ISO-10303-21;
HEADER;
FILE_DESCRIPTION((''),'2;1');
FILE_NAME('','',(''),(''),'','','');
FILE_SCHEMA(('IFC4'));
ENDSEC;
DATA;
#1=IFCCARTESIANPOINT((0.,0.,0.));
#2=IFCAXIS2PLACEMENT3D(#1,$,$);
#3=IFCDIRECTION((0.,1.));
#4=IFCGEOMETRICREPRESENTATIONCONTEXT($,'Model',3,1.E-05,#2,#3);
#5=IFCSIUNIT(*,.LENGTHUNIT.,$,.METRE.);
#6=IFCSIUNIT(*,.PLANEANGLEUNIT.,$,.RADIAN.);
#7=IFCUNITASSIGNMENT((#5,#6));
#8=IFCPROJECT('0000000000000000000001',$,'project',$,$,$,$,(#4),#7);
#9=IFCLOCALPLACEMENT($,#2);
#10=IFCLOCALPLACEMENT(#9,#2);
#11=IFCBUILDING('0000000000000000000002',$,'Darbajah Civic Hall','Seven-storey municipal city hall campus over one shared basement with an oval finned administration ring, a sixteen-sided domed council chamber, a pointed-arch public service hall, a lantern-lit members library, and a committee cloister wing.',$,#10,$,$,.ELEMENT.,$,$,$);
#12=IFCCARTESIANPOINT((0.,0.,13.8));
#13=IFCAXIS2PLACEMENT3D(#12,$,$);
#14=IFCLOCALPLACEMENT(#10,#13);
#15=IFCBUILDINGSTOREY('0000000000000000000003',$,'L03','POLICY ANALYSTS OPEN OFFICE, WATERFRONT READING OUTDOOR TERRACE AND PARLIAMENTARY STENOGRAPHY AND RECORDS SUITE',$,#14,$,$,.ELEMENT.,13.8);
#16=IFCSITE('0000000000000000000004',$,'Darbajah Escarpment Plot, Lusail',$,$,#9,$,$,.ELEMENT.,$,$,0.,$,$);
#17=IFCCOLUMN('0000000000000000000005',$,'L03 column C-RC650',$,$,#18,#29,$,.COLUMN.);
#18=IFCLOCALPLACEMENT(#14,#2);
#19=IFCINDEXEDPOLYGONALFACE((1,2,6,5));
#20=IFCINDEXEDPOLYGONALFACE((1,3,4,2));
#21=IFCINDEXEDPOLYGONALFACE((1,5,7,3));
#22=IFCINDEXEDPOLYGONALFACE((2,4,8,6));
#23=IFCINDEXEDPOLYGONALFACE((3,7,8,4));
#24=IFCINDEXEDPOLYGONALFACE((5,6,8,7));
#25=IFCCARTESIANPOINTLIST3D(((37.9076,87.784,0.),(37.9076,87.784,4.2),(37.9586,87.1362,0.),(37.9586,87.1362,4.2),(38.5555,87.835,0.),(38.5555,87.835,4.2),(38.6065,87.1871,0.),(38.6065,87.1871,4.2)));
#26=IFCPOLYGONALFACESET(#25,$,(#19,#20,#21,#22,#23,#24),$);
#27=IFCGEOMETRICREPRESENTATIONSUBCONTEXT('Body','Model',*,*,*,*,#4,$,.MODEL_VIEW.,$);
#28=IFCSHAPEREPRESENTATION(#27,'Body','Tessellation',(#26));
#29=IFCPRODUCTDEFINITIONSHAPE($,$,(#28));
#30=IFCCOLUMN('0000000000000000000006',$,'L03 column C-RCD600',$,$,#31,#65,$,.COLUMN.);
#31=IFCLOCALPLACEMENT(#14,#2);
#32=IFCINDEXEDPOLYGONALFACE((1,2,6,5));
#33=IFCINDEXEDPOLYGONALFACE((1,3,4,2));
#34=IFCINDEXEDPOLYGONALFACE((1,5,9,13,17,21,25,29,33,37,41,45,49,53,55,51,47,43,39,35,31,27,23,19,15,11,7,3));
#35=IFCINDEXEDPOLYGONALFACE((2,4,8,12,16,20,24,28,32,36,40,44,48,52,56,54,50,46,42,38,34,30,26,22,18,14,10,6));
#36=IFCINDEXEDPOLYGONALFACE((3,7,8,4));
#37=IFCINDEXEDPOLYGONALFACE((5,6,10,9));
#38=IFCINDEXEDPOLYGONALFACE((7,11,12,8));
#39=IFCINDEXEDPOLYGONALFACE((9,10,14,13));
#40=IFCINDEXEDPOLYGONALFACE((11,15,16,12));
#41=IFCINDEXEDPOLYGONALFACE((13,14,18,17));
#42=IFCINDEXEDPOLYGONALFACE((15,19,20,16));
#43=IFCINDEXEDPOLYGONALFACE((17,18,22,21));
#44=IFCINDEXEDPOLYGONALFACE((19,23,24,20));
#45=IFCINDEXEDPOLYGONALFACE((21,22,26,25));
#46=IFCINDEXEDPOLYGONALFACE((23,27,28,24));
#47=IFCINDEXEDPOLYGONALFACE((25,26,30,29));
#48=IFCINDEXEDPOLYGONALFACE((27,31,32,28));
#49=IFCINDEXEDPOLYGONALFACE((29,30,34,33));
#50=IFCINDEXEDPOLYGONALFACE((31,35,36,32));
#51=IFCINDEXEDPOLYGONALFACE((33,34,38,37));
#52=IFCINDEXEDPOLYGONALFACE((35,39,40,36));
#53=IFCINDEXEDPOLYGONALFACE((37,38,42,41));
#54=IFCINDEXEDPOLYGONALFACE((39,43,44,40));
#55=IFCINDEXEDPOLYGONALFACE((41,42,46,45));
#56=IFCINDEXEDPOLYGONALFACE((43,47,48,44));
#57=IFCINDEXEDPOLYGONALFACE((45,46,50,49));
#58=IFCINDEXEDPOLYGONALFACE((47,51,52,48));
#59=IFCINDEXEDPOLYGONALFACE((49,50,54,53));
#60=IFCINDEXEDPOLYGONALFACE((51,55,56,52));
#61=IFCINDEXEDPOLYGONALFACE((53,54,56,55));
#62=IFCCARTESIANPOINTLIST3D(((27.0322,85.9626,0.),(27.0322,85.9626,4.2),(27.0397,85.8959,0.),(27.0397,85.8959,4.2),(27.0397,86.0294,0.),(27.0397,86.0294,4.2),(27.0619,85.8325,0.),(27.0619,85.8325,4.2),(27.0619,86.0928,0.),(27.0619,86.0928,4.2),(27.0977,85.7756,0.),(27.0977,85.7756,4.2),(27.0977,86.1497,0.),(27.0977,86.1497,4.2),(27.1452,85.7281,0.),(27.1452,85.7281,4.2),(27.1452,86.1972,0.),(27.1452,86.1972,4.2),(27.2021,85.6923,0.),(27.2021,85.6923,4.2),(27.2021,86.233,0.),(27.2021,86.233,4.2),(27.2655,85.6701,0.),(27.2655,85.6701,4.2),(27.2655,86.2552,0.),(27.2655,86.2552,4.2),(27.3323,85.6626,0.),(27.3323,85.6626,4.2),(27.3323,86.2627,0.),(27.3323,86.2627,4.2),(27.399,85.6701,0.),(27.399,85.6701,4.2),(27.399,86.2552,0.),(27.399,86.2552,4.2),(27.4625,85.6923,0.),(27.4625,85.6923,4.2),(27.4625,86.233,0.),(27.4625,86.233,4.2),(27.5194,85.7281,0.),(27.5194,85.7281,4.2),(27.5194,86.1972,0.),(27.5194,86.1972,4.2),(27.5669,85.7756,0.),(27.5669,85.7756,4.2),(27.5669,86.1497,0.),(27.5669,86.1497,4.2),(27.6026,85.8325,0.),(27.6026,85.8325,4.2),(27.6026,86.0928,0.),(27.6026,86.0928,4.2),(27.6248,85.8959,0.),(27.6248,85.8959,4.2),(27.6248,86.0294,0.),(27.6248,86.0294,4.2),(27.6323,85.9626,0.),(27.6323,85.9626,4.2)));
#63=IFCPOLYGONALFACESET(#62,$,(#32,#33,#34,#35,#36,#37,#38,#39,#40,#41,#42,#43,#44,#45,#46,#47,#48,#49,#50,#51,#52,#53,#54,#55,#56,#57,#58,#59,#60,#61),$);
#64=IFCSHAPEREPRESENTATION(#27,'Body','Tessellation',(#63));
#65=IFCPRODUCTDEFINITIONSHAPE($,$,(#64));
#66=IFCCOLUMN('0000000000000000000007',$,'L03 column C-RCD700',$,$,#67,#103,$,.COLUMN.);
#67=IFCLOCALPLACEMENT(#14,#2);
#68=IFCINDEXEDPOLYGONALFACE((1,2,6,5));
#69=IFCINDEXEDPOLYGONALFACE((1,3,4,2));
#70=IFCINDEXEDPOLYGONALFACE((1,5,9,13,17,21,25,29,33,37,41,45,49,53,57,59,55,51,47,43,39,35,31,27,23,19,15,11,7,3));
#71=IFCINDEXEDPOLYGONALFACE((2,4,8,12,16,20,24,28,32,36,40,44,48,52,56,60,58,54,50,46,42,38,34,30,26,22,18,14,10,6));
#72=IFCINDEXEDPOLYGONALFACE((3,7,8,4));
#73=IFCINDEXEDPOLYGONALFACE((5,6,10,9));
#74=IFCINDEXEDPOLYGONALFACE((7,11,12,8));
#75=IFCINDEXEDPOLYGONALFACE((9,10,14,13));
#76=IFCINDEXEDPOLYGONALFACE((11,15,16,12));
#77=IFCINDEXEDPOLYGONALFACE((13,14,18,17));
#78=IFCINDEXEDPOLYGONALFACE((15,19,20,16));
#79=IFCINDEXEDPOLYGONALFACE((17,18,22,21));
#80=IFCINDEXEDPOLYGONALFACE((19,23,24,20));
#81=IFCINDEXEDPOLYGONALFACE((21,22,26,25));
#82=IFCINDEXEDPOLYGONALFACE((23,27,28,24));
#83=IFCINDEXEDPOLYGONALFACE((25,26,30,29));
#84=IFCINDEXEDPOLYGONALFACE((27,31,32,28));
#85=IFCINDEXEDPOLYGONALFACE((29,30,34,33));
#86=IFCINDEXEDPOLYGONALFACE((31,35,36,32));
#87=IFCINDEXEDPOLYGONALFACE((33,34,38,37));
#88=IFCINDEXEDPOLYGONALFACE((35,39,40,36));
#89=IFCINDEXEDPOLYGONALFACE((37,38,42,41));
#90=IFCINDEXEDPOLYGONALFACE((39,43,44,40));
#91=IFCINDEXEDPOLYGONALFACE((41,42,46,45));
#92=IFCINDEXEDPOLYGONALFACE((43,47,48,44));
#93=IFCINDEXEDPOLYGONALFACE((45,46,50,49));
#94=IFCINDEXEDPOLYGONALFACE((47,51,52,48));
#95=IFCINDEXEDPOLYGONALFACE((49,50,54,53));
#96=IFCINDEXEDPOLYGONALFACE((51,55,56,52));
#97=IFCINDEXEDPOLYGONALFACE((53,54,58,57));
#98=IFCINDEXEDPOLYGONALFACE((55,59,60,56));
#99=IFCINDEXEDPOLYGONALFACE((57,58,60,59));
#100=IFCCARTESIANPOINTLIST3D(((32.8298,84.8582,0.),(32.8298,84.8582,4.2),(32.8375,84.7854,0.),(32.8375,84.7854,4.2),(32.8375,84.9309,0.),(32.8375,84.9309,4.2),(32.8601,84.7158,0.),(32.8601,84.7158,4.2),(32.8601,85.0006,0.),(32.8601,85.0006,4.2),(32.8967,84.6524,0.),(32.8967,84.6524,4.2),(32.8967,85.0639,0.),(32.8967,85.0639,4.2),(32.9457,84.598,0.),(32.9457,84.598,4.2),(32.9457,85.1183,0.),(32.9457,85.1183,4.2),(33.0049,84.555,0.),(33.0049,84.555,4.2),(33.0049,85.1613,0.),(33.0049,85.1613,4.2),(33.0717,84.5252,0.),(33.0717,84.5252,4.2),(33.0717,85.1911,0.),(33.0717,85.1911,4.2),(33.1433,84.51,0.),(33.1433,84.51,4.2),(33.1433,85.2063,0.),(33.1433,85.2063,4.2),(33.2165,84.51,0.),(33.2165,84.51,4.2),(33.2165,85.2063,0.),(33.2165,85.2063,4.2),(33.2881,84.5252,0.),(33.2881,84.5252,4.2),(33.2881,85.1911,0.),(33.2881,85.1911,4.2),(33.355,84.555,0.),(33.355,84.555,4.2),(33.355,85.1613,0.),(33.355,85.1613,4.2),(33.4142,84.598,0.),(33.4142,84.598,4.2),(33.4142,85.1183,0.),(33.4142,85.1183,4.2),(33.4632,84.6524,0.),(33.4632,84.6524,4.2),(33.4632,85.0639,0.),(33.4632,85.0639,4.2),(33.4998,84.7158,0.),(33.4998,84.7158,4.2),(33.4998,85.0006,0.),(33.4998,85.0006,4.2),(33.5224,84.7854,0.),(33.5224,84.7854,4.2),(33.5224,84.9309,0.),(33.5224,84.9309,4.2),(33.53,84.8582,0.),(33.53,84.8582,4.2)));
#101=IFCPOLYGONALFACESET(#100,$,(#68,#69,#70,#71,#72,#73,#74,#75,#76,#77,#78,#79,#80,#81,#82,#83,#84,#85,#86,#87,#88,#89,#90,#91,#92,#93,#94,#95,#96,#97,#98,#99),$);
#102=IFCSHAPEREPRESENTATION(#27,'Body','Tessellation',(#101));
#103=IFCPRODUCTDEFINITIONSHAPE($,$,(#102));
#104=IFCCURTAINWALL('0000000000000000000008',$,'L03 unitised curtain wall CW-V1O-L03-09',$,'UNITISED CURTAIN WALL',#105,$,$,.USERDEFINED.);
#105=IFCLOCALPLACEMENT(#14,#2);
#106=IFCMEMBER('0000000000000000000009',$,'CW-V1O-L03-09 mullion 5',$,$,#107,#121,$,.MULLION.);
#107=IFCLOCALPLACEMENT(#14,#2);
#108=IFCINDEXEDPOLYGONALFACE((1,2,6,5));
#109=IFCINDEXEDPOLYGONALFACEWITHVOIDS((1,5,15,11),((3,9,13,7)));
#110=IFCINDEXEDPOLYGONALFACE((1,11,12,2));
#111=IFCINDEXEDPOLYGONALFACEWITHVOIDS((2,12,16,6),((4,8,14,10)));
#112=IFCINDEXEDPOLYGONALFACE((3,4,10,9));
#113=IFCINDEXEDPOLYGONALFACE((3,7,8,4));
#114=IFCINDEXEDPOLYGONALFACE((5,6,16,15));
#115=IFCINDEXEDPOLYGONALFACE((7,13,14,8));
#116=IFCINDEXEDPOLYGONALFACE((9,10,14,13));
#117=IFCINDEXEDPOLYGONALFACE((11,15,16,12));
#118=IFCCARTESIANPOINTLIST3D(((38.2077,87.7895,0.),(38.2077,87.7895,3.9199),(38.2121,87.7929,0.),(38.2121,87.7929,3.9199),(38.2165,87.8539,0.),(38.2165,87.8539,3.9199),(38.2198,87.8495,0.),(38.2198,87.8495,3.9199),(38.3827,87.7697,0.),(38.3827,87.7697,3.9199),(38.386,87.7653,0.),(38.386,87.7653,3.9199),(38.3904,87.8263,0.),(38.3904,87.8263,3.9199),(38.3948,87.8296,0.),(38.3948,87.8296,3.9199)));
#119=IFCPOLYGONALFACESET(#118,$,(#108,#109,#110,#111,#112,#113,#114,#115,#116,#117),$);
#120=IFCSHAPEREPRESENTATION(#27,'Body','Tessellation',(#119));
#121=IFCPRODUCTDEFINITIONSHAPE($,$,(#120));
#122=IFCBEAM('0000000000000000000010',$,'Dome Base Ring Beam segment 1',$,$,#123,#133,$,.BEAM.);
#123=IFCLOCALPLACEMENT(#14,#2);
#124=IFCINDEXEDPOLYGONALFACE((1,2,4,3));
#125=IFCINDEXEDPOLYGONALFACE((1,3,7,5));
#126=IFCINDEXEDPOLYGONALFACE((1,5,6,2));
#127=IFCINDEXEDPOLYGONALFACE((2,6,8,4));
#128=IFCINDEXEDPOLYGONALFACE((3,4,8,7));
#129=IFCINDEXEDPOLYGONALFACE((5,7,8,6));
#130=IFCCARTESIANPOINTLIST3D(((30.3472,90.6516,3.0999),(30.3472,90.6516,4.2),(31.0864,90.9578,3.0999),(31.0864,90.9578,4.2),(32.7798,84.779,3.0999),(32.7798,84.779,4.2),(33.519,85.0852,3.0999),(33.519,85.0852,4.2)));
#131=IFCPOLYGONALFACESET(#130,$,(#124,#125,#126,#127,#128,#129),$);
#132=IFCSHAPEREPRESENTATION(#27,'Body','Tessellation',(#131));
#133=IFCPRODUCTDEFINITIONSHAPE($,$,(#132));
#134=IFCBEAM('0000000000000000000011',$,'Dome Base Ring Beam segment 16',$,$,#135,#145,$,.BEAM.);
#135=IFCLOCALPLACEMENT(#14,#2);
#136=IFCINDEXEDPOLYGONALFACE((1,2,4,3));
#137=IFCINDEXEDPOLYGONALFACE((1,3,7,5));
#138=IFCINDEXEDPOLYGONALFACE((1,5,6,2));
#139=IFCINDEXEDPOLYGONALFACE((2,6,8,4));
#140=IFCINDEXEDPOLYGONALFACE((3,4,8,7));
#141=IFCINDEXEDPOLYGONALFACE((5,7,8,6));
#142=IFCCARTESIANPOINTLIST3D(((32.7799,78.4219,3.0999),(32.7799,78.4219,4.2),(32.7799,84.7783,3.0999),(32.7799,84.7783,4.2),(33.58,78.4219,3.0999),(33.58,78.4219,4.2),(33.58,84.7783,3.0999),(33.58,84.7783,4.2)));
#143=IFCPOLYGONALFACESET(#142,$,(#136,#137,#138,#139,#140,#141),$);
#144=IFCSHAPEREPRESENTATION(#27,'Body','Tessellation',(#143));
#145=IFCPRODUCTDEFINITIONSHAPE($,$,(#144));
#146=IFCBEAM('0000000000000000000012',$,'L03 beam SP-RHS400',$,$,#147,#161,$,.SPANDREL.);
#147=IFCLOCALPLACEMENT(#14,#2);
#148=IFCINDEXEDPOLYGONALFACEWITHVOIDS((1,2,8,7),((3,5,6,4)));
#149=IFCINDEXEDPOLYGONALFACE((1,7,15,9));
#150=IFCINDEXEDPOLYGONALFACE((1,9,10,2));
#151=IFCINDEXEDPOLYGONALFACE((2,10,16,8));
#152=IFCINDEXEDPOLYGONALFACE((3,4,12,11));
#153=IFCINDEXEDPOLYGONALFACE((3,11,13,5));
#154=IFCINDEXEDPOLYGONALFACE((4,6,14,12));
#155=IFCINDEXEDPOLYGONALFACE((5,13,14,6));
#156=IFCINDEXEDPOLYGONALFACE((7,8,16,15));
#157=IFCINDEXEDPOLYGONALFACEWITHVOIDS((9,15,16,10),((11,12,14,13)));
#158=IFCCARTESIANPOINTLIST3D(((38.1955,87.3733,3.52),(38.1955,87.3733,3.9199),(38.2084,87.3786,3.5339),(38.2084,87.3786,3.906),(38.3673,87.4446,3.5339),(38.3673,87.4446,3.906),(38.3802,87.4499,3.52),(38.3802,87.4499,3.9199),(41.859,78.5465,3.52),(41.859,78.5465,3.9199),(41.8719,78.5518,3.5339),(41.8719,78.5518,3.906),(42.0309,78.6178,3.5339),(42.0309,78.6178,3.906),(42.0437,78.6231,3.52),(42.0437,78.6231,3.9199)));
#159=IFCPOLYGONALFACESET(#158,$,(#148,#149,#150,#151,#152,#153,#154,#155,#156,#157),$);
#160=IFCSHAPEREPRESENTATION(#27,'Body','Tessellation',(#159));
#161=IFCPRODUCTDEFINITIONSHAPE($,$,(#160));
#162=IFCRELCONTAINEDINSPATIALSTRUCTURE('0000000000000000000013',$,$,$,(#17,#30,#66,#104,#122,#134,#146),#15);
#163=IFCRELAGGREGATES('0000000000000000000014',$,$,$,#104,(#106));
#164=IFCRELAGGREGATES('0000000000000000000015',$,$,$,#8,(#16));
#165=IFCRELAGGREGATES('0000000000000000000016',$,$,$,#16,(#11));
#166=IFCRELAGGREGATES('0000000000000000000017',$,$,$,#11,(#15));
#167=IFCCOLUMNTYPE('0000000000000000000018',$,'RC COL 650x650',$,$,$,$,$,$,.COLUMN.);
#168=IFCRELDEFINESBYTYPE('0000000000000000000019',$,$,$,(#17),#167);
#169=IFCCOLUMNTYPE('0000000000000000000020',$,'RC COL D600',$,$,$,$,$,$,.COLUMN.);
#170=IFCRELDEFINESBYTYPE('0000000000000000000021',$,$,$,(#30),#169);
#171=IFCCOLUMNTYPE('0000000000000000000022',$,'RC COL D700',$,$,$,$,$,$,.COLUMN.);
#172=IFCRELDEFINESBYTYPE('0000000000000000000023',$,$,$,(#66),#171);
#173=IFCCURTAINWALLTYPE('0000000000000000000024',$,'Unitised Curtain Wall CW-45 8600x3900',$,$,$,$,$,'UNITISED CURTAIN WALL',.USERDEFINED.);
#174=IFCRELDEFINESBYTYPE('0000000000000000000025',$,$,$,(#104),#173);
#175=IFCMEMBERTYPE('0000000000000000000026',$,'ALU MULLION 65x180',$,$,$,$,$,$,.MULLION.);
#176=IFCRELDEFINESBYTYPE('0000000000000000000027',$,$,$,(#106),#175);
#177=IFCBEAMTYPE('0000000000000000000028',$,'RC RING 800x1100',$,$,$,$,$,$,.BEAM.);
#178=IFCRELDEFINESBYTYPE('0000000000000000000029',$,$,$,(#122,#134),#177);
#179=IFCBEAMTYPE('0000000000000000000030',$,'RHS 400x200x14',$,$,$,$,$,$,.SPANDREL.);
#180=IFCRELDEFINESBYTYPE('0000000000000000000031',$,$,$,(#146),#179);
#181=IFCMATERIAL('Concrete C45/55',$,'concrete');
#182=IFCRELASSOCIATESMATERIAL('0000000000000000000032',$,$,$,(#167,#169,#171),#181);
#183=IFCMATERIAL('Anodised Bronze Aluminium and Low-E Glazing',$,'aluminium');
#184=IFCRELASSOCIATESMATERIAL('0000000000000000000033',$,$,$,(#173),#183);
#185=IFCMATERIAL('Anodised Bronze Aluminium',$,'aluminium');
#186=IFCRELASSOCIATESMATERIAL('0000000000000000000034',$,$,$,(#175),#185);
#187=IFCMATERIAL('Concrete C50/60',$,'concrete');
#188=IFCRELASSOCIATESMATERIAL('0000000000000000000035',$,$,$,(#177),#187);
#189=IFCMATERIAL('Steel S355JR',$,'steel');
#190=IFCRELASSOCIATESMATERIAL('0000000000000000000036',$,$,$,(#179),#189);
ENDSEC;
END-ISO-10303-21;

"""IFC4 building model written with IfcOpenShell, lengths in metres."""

from ifc_helpers import new_model, si_unit, direction, frame, origin, origin_2d, place, context, subcontext, project, spatial, rectangle, hollow_rectangle, circle, extrude, material, material_profile, profile_set, type_object, element, aggregate, save


model = new_model("IFC4")

# Units and contexts
model_context = context("Model", 3, precision=1e-05, world=origin(), true_north=direction((0.0, 1.0)))
body_context = subcontext(model_context, "Body", "Model", "MODEL_VIEW")
ifc_project = project(units=[si_unit("LENGTHUNIT", "METRE"), si_unit("PLANEANGLEUNIT", "RADIAN")], contexts=[model_context])

# Site, building, storey
site_placement = place(None, origin())
site = spatial("IfcSite", under=ifc_project, at=site_placement, Name="Darbajah Escarpment Plot, Lusail", CompositionType="ELEMENT", RefElevation=0.0)
building_placement = place(site_placement, origin())
building = spatial("IfcBuilding", under=site, at=building_placement, Name="Darbajah Civic Hall", Description="Seven-storey municipal city hall campus over one shared basement with an oval finned administration ring, a sixteen-sided domed council chamber, a pointed-arch public service hall, a lantern-lit members library, and a committee cloister wing.", CompositionType="ELEMENT")
storey_placement = place(building_placement, frame((0.0, 0.0, 13.8)))
storey = spatial("IfcBuildingStorey", under=building, at=storey_placement, Name="L03", Description="POLICY ANALYSTS OPEN OFFICE, WATERFRONT READING OUTDOOR TERRACE AND PARLIAMENTARY STENOGRAPHY AND RECORDS SUITE", CompositionType="ELEMENT", Elevation=13.8)

# Columns
ifc_material_1 = material(Name="Concrete C45/55", Category="concrete")
ifc_material_profile_1 = material_profile(ifc_material_1, rectangle(XDim=0.6499, YDim=0.6499, at=origin_2d()), Name="RC COL 650x650")
ifc_profile_set_1 = profile_set([ifc_material_profile_1], Name="Concrete C45/55")
column_type_1 = type_object("IfcColumnType", Name="RC COL 650x650", PredefinedType="COLUMN", material=ifc_profile_set_1)
column_1_placement = place(storey_placement, frame((38.2571, 87.4856, 0.0), z_axis=(0.0, 0.0, 1.0), x_axis=(-0.996917, -0.078459, 0.0)))
element("IfcColumn", 1, at=column_1_placement, inside=storey, type_object=column_type_1, Name="L03 column C-RC650", PredefinedType="COLUMN", context=body_context, shape_type="SweptSolid", body=[
    extrude(rectangle(XDim=0.6499, YDim=0.6499, at=origin_2d()), origin(), (0.0, 0.0, 1.0), 4.2),
])
ifc_material_profile_2 = material_profile(ifc_material_1, circle(Radius=0.3, at=origin_2d()), Name="RC COL D600")
ifc_profile_set_2 = profile_set([ifc_material_profile_2], Name="Concrete C45/55")
column_type_2 = type_object("IfcColumnType", Name="RC COL D600", PredefinedType="COLUMN", material=ifc_profile_set_2)
column_2_placement = place(storey_placement, frame((27.3323, 85.9626, 0.0), z_axis=(0.0, 0.0, 1.0), x_axis=(1.0, 0.0, 0.0)))
element("IfcColumn", 2, at=column_2_placement, inside=storey, type_object=column_type_2, Name="L03 column C-RCD600", PredefinedType="COLUMN", context=body_context, shape_type="SweptSolid", body=[
    extrude(circle(Radius=0.3, at=origin_2d()), origin(), (0.0, 0.0, 1.0), 4.2),
])
ifc_material_profile_3 = material_profile(ifc_material_1, circle(Radius=0.3501, at=origin_2d()), Name="RC COL D700")
ifc_profile_set_3 = profile_set([ifc_material_profile_3], Name="Concrete C45/55")
column_type_3 = type_object("IfcColumnType", Name="RC COL D700", PredefinedType="COLUMN", material=ifc_profile_set_3)
column_3_placement = place(storey_placement, frame((33.1799, 84.8582, 0.0), z_axis=(0.0, 0.0, 1.0), x_axis=(1.0, 0.0, 0.0)))
element("IfcColumn", 3, at=column_3_placement, inside=storey, type_object=column_type_3, Name="L03 column C-RCD700", PredefinedType="COLUMN", context=body_context, shape_type="SweptSolid", body=[
    extrude(circle(Radius=0.3501, at=origin_2d()), origin(), (0.0, 0.0, 1.0), 4.2),
])

# Curtain wall, member
ifc_material_2 = material(Name="Anodised Bronze Aluminium and Low-E Glazing", Category="aluminium")
curtain_wall_type = type_object("IfcCurtainWallType", Name="Unitised Curtain Wall CW-45 8600x3900", ElementType="UNITISED CURTAIN WALL", PredefinedType="USERDEFINED", material=ifc_material_2)
curtain_wall_placement = place(storey_placement, origin())
curtain_wall = element("IfcCurtainWall", 4, at=curtain_wall_placement, inside=storey, type_object=curtain_wall_type, Name="L03 unitised curtain wall CW-V1O-L03-09", ObjectType="UNITISED CURTAIN WALL", PredefinedType="USERDEFINED")
ifc_material_3 = material(Name="Anodised Bronze Aluminium", Category="aluminium")
ifc_material_profile_4 = material_profile(ifc_material_3, hollow_rectangle(XDim=0.0649, YDim=0.1799, WallThickness=0.0039, at=origin_2d()), Name="ALU MULLION 65x180")
ifc_profile_set_4 = profile_set([ifc_material_profile_4], Name="Anodised Bronze Aluminium")
member_type = type_object("IfcMemberType", Name="ALU MULLION 65x180", PredefinedType="MULLION", material=ifc_profile_set_4)
member_placement = place(storey_placement, frame((38.3013, 87.8096, 0.0), z_axis=(0.0, 0.0, 1.0), x_axis=(-0.134851, -0.990866, 0.0)))
member = element("IfcMember", 5, at=member_placement, type_object=member_type, Name="CW-V1O-L03-09 mullion 5", PredefinedType="MULLION", context=body_context, shape_type="SweptSolid", body=[
    extrude(hollow_rectangle(XDim=0.0649, YDim=0.1799, WallThickness=0.0039, at=origin_2d()), origin(), (0.0, 0.0, 1.0), 3.9199),
])
aggregate(curtain_wall, [member])

# Beams
ifc_material_4 = material(Name="Concrete C50/60", Category="concrete")
ifc_material_profile_5 = material_profile(ifc_material_4, rectangle(XDim=0.8, YDim=1.1001, at=origin_2d()), Name="RC RING 800x1100")
ifc_profile_set_5 = profile_set([ifc_material_profile_5], Name="Concrete C50/60")
beam_type_1 = type_object("IfcBeamType", Name="RC RING 800x1100", PredefinedType="BEAM", material=ifc_profile_set_5)
for number, where, z_axis, x_axis, name in (
    (6, (33.1494, 84.9321, 3.6499), (-0.3827, 0.923873, 0.0), (-0.923873, -0.3827, 0.0), "Dome Base Ring Beam segment 1"),
    (7, (33.1799, 78.4219, 3.6499), (0.0, 1.0, 0.0), (-1.0, 0.0, 0.0), "Dome Base Ring Beam segment 16"),
):
    element("IfcBeam", number, at=place(storey_placement, frame(where, z_axis=z_axis, x_axis=x_axis)), inside=storey, type_object=beam_type_1, Name=name, PredefinedType="BEAM", context=body_context, shape_type="SweptSolid", body=[
        extrude(rectangle(XDim=0.8, YDim=1.1001, at=origin_2d()), origin(), (0.0, 0.0, 1.0), 6.3564),
    ])
ifc_material_5 = material(Name="Steel S355JR", Category="steel")
ifc_material_profile_6 = material_profile(ifc_material_5, hollow_rectangle(XDim=0.2, YDim=0.3999, WallThickness=0.0139, at=origin_2d()), Name="RHS 400x200x14")
ifc_profile_set_6 = profile_set([ifc_material_profile_6], Name="Steel S355JR")
beam_type_2 = type_object("IfcBeamType", Name="RHS 400x200x14", PredefinedType="SPANDREL", material=ifc_profile_set_6)
beam_placement = place(storey_placement, frame((38.2878, 87.4116, 3.72), z_axis=(0.38334, -0.923607, 0.0), x_axis=(0.923607, 0.38334, 0.0)))
element("IfcBeam", 8, at=beam_placement, inside=storey, type_object=beam_type_2, Name="L03 beam SP-RHS400", PredefinedType="SPANDREL", context=body_context, shape_type="SweptSolid", body=[
    extrude(hollow_rectangle(XDim=0.2, YDim=0.3999, WallThickness=0.0139, at=origin_2d()), origin(), (0.0, 0.0, 1.0), 9.5569),
])

save(model, "model.ifc")
